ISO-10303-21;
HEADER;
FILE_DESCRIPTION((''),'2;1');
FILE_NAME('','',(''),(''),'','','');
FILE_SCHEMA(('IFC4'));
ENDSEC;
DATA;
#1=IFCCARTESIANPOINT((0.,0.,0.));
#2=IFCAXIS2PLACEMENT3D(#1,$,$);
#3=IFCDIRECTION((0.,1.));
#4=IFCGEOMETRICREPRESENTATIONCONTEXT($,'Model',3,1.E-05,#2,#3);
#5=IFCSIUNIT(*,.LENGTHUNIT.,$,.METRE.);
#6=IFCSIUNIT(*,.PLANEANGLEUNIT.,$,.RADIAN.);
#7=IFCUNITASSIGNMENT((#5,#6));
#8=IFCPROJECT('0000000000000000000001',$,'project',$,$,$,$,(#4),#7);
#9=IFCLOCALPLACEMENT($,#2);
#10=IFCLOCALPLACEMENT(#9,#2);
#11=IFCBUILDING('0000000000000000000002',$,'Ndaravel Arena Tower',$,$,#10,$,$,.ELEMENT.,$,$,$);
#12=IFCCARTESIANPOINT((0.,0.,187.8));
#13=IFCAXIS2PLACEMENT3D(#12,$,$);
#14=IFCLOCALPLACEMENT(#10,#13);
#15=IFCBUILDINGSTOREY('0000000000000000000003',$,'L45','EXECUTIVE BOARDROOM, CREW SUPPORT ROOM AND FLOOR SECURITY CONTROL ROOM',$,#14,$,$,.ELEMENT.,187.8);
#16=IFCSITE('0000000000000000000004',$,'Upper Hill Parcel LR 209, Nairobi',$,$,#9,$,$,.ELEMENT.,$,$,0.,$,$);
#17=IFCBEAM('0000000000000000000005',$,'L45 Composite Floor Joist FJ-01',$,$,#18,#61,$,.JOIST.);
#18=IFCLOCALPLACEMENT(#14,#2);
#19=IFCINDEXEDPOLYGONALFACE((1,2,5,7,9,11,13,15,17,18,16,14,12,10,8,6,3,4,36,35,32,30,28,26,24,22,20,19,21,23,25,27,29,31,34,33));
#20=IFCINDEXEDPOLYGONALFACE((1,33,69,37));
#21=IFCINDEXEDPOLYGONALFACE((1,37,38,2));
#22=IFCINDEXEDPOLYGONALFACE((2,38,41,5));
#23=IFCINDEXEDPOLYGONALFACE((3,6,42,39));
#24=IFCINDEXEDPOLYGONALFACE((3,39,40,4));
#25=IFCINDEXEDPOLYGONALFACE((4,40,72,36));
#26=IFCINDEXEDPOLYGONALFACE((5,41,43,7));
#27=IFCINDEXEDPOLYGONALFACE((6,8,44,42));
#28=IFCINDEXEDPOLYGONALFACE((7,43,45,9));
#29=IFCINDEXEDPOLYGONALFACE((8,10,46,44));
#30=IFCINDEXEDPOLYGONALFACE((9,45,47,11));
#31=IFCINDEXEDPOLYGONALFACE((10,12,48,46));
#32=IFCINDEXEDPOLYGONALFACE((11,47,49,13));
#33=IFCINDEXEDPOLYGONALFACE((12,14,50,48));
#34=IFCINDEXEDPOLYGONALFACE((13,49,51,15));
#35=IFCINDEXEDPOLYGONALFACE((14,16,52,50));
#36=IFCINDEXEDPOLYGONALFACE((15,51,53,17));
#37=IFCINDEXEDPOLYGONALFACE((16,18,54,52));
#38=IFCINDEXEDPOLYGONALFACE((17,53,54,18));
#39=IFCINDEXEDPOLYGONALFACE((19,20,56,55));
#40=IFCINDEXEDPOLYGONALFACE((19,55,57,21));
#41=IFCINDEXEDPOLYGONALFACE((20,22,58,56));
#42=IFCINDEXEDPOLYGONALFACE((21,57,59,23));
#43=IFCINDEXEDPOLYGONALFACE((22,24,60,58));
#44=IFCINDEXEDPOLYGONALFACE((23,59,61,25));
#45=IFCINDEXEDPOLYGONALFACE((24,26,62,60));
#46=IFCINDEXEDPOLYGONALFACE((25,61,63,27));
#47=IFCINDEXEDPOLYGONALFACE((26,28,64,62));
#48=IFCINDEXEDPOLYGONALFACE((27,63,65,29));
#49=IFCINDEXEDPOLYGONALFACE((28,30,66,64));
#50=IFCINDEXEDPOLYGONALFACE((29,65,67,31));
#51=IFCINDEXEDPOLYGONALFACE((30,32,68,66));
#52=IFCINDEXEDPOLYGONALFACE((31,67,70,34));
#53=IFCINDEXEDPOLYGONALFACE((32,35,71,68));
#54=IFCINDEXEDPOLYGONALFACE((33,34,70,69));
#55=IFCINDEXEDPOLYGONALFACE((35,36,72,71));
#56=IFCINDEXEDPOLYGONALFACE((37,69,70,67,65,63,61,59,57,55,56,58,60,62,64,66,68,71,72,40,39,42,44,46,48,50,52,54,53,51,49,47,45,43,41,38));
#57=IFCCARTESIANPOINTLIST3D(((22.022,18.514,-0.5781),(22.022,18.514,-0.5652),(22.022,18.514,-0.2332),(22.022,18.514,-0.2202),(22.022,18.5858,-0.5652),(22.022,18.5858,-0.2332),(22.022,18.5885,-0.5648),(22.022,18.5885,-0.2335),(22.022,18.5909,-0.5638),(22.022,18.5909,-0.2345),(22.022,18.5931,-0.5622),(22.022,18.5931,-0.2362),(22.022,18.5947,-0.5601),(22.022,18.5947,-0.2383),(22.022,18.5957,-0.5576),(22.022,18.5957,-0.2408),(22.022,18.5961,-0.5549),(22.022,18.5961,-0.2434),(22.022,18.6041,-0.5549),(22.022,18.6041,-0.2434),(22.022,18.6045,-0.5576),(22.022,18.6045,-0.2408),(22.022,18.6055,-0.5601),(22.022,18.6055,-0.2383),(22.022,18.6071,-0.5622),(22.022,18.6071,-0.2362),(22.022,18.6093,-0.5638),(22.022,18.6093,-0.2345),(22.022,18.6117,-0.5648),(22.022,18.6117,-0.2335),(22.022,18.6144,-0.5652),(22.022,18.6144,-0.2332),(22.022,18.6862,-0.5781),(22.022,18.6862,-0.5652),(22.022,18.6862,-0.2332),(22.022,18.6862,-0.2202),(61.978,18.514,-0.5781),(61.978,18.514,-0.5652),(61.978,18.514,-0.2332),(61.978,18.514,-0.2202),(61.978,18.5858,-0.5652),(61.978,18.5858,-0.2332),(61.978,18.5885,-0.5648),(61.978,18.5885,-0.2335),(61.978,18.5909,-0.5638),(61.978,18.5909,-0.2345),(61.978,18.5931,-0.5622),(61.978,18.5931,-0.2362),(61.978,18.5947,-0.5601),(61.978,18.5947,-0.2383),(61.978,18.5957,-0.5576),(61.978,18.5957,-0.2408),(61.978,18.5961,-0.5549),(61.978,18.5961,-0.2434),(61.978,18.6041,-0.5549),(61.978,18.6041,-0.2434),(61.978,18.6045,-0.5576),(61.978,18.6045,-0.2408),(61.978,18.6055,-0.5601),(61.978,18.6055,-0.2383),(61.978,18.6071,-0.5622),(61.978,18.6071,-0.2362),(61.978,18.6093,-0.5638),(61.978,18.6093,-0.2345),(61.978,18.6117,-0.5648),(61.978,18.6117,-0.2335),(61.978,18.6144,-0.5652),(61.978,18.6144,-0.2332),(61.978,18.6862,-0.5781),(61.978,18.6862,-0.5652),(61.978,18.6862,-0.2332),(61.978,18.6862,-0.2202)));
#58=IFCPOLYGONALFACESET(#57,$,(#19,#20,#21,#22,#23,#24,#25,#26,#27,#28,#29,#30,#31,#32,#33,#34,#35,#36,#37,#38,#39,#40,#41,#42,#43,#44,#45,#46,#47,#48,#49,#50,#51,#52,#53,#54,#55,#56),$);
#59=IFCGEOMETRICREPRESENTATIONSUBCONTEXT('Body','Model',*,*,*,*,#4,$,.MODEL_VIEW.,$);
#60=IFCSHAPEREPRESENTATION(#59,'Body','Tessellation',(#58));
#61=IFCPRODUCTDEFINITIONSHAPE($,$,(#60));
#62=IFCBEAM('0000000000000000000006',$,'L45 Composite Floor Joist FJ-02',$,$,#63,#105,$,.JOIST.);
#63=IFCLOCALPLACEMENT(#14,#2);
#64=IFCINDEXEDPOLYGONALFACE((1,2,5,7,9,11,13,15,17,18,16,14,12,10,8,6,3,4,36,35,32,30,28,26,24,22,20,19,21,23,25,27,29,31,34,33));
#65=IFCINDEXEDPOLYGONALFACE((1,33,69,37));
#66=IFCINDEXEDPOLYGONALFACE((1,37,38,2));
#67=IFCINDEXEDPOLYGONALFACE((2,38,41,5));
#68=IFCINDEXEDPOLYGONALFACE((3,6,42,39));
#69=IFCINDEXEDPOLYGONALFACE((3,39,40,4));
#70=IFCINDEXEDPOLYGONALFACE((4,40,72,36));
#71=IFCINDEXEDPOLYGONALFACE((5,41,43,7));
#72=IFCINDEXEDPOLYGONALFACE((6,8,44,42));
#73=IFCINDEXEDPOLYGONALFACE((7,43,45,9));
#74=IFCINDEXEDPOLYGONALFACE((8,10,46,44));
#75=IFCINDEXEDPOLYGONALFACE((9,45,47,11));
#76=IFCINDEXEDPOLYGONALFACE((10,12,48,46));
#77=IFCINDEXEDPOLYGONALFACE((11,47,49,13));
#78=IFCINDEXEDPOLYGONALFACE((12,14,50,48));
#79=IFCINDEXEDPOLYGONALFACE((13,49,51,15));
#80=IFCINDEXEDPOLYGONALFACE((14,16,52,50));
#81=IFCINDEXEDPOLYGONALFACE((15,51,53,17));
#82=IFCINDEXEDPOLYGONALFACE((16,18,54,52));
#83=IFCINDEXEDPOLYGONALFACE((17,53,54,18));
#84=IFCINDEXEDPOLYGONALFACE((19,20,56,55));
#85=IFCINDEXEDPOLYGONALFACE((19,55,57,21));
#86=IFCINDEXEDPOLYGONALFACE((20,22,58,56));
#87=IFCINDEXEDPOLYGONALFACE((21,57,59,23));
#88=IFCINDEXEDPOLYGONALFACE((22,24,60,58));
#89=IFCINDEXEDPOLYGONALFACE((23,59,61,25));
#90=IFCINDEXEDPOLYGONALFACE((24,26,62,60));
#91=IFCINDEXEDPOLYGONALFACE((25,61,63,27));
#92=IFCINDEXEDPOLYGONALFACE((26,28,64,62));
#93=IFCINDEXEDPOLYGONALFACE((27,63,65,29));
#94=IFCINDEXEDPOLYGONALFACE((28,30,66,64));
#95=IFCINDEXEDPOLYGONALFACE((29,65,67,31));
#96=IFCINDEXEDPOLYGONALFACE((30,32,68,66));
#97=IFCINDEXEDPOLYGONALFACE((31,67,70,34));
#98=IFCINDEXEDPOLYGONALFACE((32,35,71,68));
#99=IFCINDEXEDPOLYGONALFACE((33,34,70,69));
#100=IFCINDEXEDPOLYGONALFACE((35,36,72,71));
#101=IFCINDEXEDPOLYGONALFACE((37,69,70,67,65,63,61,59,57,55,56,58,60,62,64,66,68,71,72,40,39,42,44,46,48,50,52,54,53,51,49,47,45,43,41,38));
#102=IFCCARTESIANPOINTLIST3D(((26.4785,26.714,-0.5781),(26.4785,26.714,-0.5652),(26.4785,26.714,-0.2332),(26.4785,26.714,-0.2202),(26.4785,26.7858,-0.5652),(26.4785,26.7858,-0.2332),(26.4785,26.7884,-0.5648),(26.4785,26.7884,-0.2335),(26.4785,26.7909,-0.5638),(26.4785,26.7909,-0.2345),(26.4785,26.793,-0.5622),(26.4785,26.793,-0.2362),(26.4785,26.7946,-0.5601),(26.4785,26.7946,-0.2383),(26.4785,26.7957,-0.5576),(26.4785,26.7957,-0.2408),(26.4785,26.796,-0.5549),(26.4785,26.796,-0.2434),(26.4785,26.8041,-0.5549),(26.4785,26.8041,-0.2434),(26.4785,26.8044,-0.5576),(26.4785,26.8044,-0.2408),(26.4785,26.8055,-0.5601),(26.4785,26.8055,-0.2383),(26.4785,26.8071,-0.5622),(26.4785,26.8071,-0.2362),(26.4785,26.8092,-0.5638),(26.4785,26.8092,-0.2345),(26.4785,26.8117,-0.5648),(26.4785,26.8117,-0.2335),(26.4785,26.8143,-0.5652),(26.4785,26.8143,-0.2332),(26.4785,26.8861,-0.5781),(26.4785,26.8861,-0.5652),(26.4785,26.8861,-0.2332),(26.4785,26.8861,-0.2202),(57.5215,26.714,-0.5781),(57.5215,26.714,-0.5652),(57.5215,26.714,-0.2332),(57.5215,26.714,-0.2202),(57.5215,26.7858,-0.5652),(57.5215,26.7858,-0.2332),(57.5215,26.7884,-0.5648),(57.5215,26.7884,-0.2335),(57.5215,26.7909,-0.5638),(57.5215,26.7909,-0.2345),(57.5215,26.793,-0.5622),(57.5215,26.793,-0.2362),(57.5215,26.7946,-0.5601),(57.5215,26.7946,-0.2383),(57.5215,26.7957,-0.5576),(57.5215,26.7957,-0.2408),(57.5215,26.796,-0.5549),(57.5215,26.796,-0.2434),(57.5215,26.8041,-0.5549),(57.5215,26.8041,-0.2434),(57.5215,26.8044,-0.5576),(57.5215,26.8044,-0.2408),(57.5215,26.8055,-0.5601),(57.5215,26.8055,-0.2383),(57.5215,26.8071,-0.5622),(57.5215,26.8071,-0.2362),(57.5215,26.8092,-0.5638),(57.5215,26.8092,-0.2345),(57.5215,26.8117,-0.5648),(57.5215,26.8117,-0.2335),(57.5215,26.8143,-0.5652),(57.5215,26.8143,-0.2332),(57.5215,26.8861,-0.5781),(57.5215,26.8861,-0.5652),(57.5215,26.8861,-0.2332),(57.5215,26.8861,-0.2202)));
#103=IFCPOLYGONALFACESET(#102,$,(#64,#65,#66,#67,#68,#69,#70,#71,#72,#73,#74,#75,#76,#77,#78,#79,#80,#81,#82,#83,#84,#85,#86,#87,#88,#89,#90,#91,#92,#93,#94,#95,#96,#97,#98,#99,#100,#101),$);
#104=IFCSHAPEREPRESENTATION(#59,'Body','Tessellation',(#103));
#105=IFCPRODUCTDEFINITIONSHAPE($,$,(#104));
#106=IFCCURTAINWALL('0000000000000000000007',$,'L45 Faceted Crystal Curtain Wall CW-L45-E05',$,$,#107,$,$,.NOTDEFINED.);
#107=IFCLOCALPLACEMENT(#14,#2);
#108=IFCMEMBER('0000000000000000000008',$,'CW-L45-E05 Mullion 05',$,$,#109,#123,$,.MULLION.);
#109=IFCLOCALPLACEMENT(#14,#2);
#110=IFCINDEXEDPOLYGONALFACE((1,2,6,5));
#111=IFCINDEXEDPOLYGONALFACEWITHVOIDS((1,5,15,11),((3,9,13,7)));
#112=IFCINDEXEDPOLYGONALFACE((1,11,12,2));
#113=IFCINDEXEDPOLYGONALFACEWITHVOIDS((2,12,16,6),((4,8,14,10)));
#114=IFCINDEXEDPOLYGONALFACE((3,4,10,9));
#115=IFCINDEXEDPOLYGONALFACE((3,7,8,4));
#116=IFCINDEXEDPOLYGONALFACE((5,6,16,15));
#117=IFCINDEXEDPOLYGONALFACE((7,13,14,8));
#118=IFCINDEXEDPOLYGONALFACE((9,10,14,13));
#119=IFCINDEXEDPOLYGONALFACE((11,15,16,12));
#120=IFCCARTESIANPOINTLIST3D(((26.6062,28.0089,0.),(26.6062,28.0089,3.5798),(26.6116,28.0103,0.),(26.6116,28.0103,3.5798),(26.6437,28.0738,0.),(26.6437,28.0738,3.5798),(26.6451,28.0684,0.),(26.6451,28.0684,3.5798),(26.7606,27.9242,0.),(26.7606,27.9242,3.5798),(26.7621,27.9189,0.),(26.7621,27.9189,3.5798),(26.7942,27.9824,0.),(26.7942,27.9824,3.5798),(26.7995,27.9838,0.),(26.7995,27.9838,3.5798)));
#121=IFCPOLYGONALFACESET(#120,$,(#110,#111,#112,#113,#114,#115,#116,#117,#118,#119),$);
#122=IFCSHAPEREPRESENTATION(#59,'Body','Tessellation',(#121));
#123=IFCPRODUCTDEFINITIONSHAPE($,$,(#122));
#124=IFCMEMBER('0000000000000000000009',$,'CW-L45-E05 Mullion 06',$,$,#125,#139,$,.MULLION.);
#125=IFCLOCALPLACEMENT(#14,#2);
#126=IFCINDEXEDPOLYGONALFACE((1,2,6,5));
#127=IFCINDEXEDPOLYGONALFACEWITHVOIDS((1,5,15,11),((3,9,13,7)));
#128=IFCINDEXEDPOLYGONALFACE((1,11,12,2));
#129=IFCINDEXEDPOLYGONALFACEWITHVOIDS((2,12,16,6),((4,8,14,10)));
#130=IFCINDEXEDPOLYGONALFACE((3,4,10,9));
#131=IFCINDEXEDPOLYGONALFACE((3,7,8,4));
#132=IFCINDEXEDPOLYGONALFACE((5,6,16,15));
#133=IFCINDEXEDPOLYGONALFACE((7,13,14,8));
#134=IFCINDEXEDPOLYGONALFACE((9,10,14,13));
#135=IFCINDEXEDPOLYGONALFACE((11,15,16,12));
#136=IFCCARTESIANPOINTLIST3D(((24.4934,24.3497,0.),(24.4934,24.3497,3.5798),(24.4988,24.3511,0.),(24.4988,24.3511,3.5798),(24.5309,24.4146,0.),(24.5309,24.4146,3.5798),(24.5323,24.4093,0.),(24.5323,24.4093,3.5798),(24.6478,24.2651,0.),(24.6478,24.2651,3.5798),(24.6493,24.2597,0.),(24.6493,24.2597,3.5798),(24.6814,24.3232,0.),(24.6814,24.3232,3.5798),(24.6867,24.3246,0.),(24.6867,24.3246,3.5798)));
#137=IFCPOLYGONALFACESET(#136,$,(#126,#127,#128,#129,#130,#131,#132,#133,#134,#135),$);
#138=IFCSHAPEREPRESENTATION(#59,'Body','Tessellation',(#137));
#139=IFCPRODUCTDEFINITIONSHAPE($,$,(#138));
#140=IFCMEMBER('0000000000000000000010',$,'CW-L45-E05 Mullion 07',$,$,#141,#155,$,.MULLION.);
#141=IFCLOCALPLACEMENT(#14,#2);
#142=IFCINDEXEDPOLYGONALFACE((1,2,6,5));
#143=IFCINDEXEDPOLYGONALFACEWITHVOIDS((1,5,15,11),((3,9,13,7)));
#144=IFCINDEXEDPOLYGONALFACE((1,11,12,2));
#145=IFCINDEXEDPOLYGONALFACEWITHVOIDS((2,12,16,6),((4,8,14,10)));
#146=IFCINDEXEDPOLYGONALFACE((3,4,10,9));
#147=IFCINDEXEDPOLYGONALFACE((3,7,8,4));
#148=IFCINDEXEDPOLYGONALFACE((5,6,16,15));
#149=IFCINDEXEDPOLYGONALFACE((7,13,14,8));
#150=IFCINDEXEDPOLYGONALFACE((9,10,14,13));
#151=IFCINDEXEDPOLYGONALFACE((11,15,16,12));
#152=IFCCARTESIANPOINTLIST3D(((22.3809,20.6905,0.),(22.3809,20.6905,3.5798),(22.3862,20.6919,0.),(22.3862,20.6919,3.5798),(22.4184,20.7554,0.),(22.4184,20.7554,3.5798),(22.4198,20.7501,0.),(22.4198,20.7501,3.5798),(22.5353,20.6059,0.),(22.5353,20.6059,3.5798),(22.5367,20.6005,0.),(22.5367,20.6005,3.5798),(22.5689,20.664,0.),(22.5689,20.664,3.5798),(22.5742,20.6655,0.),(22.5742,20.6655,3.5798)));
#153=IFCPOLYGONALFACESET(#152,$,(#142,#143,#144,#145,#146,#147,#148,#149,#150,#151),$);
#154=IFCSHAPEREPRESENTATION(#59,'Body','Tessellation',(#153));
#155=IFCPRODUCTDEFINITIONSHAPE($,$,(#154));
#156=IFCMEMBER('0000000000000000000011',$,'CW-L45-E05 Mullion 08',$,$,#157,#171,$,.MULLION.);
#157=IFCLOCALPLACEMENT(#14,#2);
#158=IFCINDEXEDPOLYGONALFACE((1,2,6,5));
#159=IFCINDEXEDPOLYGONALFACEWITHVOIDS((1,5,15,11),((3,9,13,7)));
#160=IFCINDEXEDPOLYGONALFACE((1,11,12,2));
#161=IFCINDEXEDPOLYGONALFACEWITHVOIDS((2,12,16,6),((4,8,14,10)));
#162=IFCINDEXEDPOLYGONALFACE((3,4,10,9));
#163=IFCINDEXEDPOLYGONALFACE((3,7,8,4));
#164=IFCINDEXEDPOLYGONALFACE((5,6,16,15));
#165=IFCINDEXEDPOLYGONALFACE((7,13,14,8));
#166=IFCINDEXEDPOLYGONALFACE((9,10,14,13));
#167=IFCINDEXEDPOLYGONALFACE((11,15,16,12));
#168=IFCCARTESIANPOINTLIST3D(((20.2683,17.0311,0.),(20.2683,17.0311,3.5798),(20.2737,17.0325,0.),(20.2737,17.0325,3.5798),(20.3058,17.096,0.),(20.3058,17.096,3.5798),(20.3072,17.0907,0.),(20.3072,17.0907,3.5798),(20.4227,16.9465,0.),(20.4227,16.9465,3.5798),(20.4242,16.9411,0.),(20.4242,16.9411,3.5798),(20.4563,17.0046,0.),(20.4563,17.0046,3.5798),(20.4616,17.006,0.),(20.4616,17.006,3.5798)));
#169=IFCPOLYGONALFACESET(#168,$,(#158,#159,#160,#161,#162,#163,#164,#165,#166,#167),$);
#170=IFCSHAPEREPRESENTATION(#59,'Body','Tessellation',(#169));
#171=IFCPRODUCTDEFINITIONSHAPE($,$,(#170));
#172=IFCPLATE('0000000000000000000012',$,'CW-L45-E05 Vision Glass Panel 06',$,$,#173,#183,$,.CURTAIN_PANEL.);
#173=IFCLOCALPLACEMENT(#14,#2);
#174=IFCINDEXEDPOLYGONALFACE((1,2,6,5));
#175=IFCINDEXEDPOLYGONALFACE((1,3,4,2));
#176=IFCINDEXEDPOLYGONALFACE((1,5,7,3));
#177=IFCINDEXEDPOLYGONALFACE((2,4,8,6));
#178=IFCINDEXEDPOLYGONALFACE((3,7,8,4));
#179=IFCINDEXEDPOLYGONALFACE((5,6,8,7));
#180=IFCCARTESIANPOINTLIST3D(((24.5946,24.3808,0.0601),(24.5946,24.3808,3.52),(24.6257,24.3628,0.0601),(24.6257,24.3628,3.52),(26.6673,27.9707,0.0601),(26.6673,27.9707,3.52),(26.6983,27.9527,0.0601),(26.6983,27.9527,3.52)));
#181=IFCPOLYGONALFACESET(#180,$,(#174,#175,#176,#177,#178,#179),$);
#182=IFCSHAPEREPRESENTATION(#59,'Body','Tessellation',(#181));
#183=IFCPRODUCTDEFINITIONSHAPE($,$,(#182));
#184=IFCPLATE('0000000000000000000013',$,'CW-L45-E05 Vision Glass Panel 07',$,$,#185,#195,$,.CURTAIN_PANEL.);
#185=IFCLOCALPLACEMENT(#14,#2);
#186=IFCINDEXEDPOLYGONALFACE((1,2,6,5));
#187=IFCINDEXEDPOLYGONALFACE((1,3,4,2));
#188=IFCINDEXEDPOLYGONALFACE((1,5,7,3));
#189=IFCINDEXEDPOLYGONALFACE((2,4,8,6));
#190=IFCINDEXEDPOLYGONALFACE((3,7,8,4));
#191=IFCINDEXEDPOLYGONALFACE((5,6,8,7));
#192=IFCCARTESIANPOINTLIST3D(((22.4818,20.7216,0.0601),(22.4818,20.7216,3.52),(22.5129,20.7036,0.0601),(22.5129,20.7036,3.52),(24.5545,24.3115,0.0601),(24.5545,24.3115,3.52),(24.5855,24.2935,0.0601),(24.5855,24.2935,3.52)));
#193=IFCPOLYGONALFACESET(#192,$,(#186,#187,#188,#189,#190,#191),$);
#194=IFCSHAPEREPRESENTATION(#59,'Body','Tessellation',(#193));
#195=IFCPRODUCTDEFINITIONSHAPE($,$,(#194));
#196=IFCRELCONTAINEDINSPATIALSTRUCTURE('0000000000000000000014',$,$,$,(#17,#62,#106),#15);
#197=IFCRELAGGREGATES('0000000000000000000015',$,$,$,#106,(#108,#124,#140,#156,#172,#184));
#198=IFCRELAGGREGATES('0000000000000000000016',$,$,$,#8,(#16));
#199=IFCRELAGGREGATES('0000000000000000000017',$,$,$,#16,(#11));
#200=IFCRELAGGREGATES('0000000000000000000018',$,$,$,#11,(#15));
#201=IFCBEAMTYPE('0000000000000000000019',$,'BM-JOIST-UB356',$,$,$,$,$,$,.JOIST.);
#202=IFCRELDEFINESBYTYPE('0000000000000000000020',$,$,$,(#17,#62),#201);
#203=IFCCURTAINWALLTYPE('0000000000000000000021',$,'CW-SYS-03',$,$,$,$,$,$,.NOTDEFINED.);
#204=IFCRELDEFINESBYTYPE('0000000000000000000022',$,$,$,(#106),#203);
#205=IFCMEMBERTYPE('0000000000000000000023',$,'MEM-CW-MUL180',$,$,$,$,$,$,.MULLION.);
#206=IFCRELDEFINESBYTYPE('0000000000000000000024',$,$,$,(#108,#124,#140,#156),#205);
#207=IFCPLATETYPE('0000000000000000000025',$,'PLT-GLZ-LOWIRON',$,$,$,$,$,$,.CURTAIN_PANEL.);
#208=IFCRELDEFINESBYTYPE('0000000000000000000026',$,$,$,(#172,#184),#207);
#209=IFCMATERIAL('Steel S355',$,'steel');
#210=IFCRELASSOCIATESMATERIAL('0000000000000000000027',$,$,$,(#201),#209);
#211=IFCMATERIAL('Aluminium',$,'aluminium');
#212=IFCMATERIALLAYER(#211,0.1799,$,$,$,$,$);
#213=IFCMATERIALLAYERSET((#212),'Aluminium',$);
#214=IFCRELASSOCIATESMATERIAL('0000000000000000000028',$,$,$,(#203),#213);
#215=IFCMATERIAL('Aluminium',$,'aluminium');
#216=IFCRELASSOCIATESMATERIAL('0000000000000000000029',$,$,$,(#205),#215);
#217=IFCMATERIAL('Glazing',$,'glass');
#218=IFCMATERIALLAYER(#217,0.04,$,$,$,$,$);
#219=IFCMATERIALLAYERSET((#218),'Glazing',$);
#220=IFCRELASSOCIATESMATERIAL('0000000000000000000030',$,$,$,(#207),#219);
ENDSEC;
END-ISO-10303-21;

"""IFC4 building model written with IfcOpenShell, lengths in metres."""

from ifc_helpers import new_model, si_unit, direction, frame, origin, origin_2d, place, context, subcontext, project, spatial, rectangle, hollow_rectangle, i_section, extrude, material, layer, layer_set, material_profile, profile_set, type_object, element, aggregate, save


model = new_model("IFC4")

# Units and contexts
model_context = context("Model", 3, precision=1e-05, world=origin(), true_north=direction((0.0, 1.0)))
body_context = subcontext(model_context, "Body", "Model", "MODEL_VIEW")
ifc_project = project(units=[si_unit("LENGTHUNIT", "METRE"), si_unit("PLANEANGLEUNIT", "RADIAN")], contexts=[model_context])

# Site, building, storey
site_placement = place(None, origin())
site = spatial("IfcSite", under=ifc_project, at=site_placement, Name="Upper Hill Parcel LR 209, Nairobi", CompositionType="ELEMENT", RefElevation=0.0)
building_placement = place(site_placement, origin())
building = spatial("IfcBuilding", under=site, at=building_placement, Name="Ndaravel Arena Tower", CompositionType="ELEMENT")
storey_placement = place(building_placement, frame((0.0, 0.0, 187.8)))
storey = spatial("IfcBuildingStorey", under=building, at=storey_placement, Name="L45", Description="EXECUTIVE BOARDROOM, CREW SUPPORT ROOM AND FLOOR SECURITY CONTROL ROOM", CompositionType="ELEMENT", Elevation=187.8)

# Beams
ifc_material_1 = material(Name="Steel S355", Category="steel")
ifc_material_profile_1 = material_profile(ifc_material_1, i_section(OverallWidth=0.1721, OverallDepth=0.3579, WebThickness=0.0081, FlangeThickness=0.0129, FilletRadius=0.0103, at=origin_2d()), Name="UB 356x171x57")
ifc_profile_set_1 = profile_set([ifc_material_profile_1], Name="Steel S355")
beam_type = type_object("IfcBeamType", Name="BM-JOIST-UB356", PredefinedType="JOIST", material=ifc_profile_set_1)
beam_1_placement = place(storey_placement, frame((22.022, 18.6001, -0.3992), z_axis=(1.0, 0.0, 0.0), x_axis=(0.0, 1.0, 0.0)))
element("IfcBeam", 1, at=beam_1_placement, inside=storey, type_object=beam_type, Name="L45 Composite Floor Joist FJ-01", PredefinedType="JOIST", context=body_context, shape_type="SweptSolid", body=[
    extrude(i_section(OverallWidth=0.1721, OverallDepth=0.3579, WebThickness=0.0081, FlangeThickness=0.0129, FilletRadius=0.0103, at=origin_2d()), origin(), (0.0, 0.0, 1.0), 39.9561),
])
beam_2_placement = place(storey_placement, frame((26.4785, 26.8, -0.3992), z_axis=(1.0, 0.0, 0.0), x_axis=(0.0, 1.0, 0.0)))
element("IfcBeam", 2, at=beam_2_placement, inside=storey, type_object=beam_type, Name="L45 Composite Floor Joist FJ-02", PredefinedType="JOIST", context=body_context, shape_type="SweptSolid", body=[
    extrude(i_section(OverallWidth=0.1721, OverallDepth=0.3579, WebThickness=0.0081, FlangeThickness=0.0129, FilletRadius=0.0103, at=origin_2d()), origin(), (0.0, 0.0, 1.0), 31.043),
])

# Curtain wall, members, plates
ifc_material_2 = material(Name="Aluminium", Category="aluminium")
ifc_layer_1 = layer(ifc_material_2, 0.1799)
ifc_layer_set_1 = layer_set([ifc_layer_1], Name="Aluminium")
curtain_wall_type = type_object("IfcCurtainWallType", Name="CW-SYS-03", PredefinedType="NOTDEFINED", material=ifc_layer_set_1)
curtain_wall_placement = place(storey_placement, origin())
curtain_wall = element("IfcCurtainWall", 3, at=curtain_wall_placement, inside=storey, type_object=curtain_wall_type, Name="L45 Faceted Crystal Curtain Wall CW-L45-E05", PredefinedType="NOTDEFINED")
ifc_material_3 = material(Name="Aluminium", Category="aluminium")
ifc_material_profile_2 = material_profile(ifc_material_3, hollow_rectangle(XDim=0.075, YDim=0.1799, WallThickness=0.0039, at=origin_2d()), Name="CW MULLION 75x180x4")
ifc_profile_set_2 = profile_set([ifc_material_profile_2], Name="Aluminium")
member_type = type_object("IfcMemberType", Name="MEM-CW-MUL180", PredefinedType="MULLION", material=ifc_profile_set_2)
member_1_placement = place(storey_placement, frame((26.7029, 27.9963, 0.0), z_axis=(0.0, 0.0, 1.0), x_axis=(-0.5, -0.866025, 0.0)))
member_1 = element("IfcMember", 4, at=member_1_placement, type_object=member_type, Name="CW-L45-E05 Mullion 05", PredefinedType="MULLION", context=body_context, shape_type="SweptSolid", body=[
    extrude(hollow_rectangle(XDim=0.075, YDim=0.1799, WallThickness=0.0039, at=origin_2d()), origin(), (0.0, 0.0, 1.0), 3.5798),
])
member_2_placement = place(storey_placement, frame((24.5901, 24.3372, 0.0), z_axis=(0.0, 0.0, 1.0), x_axis=(-0.5, -0.866025, 0.0)))
member_2 = element("IfcMember", 5, at=member_2_placement, type_object=member_type, Name="CW-L45-E05 Mullion 06", PredefinedType="MULLION", context=body_context, shape_type="SweptSolid", body=[
    extrude(hollow_rectangle(XDim=0.075, YDim=0.1799, WallThickness=0.0039, at=origin_2d()), origin(), (0.0, 0.0, 1.0), 3.5798),
])
member_3_placement = place(storey_placement, frame((22.4775, 20.678, 0.0), z_axis=(0.0, 0.0, 1.0), x_axis=(-0.5, -0.866025, 0.0)))
member_3 = element("IfcMember", 6, at=member_3_placement, type_object=member_type, Name="CW-L45-E05 Mullion 07", PredefinedType="MULLION", context=body_context, shape_type="SweptSolid", body=[
    extrude(hollow_rectangle(XDim=0.075, YDim=0.1799, WallThickness=0.0039, at=origin_2d()), origin(), (0.0, 0.0, 1.0), 3.5798),
])
member_4_placement = place(storey_placement, frame((20.365, 17.0186, 0.0), z_axis=(0.0, 0.0, 1.0), x_axis=(-0.5, -0.866025, 0.0)))
member_4 = element("IfcMember", 7, at=member_4_placement, type_object=member_type, Name="CW-L45-E05 Mullion 08", PredefinedType="MULLION", context=body_context, shape_type="SweptSolid", body=[
    extrude(hollow_rectangle(XDim=0.075, YDim=0.1799, WallThickness=0.0039, at=origin_2d()), origin(), (0.0, 0.0, 1.0), 3.5798),
])
ifc_material_4 = material(Name="Glazing", Category="glass")
ifc_layer_2 = layer(ifc_material_4, 0.04)
ifc_layer_set_2 = layer_set([ifc_layer_2], Name="Glazing")
plate_type = type_object("IfcPlateType", Name="PLT-GLZ-LOWIRON", PredefinedType="CURTAIN_PANEL", material=ifc_layer_set_2)
plate_1_placement = place(storey_placement, frame((25.6465, 26.1667, 0.0601), z_axis=(0.0, 0.0, 1.0), x_axis=(-0.5, -0.866025, 0.0)))
plate_1 = element("IfcPlate", 8, at=plate_1_placement, type_object=plate_type, Name="CW-L45-E05 Vision Glass Panel 06", PredefinedType="CURTAIN_PANEL", context=body_context, shape_type="SweptSolid", body=[
    extrude(rectangle(XDim=4.1453, YDim=0.0359, at=origin_2d()), origin(), (0.0, 0.0, 1.0), 3.46),
])
plate_2_placement = place(storey_placement, frame((23.5337, 22.5076, 0.0601), z_axis=(0.0, 0.0, 1.0), x_axis=(-0.5, -0.866025, 0.0)))
plate_2 = element("IfcPlate", 9, at=plate_2_placement, type_object=plate_type, Name="CW-L45-E05 Vision Glass Panel 07", PredefinedType="CURTAIN_PANEL", context=body_context, shape_type="SweptSolid", body=[
    extrude(rectangle(XDim=4.1453, YDim=0.0359, at=origin_2d()), origin(), (0.0, 0.0, 1.0), 3.46),
])
aggregate(curtain_wall, [member_1, member_2, member_3, member_4, plate_1, plate_2])

save(model, "model.ifc")
